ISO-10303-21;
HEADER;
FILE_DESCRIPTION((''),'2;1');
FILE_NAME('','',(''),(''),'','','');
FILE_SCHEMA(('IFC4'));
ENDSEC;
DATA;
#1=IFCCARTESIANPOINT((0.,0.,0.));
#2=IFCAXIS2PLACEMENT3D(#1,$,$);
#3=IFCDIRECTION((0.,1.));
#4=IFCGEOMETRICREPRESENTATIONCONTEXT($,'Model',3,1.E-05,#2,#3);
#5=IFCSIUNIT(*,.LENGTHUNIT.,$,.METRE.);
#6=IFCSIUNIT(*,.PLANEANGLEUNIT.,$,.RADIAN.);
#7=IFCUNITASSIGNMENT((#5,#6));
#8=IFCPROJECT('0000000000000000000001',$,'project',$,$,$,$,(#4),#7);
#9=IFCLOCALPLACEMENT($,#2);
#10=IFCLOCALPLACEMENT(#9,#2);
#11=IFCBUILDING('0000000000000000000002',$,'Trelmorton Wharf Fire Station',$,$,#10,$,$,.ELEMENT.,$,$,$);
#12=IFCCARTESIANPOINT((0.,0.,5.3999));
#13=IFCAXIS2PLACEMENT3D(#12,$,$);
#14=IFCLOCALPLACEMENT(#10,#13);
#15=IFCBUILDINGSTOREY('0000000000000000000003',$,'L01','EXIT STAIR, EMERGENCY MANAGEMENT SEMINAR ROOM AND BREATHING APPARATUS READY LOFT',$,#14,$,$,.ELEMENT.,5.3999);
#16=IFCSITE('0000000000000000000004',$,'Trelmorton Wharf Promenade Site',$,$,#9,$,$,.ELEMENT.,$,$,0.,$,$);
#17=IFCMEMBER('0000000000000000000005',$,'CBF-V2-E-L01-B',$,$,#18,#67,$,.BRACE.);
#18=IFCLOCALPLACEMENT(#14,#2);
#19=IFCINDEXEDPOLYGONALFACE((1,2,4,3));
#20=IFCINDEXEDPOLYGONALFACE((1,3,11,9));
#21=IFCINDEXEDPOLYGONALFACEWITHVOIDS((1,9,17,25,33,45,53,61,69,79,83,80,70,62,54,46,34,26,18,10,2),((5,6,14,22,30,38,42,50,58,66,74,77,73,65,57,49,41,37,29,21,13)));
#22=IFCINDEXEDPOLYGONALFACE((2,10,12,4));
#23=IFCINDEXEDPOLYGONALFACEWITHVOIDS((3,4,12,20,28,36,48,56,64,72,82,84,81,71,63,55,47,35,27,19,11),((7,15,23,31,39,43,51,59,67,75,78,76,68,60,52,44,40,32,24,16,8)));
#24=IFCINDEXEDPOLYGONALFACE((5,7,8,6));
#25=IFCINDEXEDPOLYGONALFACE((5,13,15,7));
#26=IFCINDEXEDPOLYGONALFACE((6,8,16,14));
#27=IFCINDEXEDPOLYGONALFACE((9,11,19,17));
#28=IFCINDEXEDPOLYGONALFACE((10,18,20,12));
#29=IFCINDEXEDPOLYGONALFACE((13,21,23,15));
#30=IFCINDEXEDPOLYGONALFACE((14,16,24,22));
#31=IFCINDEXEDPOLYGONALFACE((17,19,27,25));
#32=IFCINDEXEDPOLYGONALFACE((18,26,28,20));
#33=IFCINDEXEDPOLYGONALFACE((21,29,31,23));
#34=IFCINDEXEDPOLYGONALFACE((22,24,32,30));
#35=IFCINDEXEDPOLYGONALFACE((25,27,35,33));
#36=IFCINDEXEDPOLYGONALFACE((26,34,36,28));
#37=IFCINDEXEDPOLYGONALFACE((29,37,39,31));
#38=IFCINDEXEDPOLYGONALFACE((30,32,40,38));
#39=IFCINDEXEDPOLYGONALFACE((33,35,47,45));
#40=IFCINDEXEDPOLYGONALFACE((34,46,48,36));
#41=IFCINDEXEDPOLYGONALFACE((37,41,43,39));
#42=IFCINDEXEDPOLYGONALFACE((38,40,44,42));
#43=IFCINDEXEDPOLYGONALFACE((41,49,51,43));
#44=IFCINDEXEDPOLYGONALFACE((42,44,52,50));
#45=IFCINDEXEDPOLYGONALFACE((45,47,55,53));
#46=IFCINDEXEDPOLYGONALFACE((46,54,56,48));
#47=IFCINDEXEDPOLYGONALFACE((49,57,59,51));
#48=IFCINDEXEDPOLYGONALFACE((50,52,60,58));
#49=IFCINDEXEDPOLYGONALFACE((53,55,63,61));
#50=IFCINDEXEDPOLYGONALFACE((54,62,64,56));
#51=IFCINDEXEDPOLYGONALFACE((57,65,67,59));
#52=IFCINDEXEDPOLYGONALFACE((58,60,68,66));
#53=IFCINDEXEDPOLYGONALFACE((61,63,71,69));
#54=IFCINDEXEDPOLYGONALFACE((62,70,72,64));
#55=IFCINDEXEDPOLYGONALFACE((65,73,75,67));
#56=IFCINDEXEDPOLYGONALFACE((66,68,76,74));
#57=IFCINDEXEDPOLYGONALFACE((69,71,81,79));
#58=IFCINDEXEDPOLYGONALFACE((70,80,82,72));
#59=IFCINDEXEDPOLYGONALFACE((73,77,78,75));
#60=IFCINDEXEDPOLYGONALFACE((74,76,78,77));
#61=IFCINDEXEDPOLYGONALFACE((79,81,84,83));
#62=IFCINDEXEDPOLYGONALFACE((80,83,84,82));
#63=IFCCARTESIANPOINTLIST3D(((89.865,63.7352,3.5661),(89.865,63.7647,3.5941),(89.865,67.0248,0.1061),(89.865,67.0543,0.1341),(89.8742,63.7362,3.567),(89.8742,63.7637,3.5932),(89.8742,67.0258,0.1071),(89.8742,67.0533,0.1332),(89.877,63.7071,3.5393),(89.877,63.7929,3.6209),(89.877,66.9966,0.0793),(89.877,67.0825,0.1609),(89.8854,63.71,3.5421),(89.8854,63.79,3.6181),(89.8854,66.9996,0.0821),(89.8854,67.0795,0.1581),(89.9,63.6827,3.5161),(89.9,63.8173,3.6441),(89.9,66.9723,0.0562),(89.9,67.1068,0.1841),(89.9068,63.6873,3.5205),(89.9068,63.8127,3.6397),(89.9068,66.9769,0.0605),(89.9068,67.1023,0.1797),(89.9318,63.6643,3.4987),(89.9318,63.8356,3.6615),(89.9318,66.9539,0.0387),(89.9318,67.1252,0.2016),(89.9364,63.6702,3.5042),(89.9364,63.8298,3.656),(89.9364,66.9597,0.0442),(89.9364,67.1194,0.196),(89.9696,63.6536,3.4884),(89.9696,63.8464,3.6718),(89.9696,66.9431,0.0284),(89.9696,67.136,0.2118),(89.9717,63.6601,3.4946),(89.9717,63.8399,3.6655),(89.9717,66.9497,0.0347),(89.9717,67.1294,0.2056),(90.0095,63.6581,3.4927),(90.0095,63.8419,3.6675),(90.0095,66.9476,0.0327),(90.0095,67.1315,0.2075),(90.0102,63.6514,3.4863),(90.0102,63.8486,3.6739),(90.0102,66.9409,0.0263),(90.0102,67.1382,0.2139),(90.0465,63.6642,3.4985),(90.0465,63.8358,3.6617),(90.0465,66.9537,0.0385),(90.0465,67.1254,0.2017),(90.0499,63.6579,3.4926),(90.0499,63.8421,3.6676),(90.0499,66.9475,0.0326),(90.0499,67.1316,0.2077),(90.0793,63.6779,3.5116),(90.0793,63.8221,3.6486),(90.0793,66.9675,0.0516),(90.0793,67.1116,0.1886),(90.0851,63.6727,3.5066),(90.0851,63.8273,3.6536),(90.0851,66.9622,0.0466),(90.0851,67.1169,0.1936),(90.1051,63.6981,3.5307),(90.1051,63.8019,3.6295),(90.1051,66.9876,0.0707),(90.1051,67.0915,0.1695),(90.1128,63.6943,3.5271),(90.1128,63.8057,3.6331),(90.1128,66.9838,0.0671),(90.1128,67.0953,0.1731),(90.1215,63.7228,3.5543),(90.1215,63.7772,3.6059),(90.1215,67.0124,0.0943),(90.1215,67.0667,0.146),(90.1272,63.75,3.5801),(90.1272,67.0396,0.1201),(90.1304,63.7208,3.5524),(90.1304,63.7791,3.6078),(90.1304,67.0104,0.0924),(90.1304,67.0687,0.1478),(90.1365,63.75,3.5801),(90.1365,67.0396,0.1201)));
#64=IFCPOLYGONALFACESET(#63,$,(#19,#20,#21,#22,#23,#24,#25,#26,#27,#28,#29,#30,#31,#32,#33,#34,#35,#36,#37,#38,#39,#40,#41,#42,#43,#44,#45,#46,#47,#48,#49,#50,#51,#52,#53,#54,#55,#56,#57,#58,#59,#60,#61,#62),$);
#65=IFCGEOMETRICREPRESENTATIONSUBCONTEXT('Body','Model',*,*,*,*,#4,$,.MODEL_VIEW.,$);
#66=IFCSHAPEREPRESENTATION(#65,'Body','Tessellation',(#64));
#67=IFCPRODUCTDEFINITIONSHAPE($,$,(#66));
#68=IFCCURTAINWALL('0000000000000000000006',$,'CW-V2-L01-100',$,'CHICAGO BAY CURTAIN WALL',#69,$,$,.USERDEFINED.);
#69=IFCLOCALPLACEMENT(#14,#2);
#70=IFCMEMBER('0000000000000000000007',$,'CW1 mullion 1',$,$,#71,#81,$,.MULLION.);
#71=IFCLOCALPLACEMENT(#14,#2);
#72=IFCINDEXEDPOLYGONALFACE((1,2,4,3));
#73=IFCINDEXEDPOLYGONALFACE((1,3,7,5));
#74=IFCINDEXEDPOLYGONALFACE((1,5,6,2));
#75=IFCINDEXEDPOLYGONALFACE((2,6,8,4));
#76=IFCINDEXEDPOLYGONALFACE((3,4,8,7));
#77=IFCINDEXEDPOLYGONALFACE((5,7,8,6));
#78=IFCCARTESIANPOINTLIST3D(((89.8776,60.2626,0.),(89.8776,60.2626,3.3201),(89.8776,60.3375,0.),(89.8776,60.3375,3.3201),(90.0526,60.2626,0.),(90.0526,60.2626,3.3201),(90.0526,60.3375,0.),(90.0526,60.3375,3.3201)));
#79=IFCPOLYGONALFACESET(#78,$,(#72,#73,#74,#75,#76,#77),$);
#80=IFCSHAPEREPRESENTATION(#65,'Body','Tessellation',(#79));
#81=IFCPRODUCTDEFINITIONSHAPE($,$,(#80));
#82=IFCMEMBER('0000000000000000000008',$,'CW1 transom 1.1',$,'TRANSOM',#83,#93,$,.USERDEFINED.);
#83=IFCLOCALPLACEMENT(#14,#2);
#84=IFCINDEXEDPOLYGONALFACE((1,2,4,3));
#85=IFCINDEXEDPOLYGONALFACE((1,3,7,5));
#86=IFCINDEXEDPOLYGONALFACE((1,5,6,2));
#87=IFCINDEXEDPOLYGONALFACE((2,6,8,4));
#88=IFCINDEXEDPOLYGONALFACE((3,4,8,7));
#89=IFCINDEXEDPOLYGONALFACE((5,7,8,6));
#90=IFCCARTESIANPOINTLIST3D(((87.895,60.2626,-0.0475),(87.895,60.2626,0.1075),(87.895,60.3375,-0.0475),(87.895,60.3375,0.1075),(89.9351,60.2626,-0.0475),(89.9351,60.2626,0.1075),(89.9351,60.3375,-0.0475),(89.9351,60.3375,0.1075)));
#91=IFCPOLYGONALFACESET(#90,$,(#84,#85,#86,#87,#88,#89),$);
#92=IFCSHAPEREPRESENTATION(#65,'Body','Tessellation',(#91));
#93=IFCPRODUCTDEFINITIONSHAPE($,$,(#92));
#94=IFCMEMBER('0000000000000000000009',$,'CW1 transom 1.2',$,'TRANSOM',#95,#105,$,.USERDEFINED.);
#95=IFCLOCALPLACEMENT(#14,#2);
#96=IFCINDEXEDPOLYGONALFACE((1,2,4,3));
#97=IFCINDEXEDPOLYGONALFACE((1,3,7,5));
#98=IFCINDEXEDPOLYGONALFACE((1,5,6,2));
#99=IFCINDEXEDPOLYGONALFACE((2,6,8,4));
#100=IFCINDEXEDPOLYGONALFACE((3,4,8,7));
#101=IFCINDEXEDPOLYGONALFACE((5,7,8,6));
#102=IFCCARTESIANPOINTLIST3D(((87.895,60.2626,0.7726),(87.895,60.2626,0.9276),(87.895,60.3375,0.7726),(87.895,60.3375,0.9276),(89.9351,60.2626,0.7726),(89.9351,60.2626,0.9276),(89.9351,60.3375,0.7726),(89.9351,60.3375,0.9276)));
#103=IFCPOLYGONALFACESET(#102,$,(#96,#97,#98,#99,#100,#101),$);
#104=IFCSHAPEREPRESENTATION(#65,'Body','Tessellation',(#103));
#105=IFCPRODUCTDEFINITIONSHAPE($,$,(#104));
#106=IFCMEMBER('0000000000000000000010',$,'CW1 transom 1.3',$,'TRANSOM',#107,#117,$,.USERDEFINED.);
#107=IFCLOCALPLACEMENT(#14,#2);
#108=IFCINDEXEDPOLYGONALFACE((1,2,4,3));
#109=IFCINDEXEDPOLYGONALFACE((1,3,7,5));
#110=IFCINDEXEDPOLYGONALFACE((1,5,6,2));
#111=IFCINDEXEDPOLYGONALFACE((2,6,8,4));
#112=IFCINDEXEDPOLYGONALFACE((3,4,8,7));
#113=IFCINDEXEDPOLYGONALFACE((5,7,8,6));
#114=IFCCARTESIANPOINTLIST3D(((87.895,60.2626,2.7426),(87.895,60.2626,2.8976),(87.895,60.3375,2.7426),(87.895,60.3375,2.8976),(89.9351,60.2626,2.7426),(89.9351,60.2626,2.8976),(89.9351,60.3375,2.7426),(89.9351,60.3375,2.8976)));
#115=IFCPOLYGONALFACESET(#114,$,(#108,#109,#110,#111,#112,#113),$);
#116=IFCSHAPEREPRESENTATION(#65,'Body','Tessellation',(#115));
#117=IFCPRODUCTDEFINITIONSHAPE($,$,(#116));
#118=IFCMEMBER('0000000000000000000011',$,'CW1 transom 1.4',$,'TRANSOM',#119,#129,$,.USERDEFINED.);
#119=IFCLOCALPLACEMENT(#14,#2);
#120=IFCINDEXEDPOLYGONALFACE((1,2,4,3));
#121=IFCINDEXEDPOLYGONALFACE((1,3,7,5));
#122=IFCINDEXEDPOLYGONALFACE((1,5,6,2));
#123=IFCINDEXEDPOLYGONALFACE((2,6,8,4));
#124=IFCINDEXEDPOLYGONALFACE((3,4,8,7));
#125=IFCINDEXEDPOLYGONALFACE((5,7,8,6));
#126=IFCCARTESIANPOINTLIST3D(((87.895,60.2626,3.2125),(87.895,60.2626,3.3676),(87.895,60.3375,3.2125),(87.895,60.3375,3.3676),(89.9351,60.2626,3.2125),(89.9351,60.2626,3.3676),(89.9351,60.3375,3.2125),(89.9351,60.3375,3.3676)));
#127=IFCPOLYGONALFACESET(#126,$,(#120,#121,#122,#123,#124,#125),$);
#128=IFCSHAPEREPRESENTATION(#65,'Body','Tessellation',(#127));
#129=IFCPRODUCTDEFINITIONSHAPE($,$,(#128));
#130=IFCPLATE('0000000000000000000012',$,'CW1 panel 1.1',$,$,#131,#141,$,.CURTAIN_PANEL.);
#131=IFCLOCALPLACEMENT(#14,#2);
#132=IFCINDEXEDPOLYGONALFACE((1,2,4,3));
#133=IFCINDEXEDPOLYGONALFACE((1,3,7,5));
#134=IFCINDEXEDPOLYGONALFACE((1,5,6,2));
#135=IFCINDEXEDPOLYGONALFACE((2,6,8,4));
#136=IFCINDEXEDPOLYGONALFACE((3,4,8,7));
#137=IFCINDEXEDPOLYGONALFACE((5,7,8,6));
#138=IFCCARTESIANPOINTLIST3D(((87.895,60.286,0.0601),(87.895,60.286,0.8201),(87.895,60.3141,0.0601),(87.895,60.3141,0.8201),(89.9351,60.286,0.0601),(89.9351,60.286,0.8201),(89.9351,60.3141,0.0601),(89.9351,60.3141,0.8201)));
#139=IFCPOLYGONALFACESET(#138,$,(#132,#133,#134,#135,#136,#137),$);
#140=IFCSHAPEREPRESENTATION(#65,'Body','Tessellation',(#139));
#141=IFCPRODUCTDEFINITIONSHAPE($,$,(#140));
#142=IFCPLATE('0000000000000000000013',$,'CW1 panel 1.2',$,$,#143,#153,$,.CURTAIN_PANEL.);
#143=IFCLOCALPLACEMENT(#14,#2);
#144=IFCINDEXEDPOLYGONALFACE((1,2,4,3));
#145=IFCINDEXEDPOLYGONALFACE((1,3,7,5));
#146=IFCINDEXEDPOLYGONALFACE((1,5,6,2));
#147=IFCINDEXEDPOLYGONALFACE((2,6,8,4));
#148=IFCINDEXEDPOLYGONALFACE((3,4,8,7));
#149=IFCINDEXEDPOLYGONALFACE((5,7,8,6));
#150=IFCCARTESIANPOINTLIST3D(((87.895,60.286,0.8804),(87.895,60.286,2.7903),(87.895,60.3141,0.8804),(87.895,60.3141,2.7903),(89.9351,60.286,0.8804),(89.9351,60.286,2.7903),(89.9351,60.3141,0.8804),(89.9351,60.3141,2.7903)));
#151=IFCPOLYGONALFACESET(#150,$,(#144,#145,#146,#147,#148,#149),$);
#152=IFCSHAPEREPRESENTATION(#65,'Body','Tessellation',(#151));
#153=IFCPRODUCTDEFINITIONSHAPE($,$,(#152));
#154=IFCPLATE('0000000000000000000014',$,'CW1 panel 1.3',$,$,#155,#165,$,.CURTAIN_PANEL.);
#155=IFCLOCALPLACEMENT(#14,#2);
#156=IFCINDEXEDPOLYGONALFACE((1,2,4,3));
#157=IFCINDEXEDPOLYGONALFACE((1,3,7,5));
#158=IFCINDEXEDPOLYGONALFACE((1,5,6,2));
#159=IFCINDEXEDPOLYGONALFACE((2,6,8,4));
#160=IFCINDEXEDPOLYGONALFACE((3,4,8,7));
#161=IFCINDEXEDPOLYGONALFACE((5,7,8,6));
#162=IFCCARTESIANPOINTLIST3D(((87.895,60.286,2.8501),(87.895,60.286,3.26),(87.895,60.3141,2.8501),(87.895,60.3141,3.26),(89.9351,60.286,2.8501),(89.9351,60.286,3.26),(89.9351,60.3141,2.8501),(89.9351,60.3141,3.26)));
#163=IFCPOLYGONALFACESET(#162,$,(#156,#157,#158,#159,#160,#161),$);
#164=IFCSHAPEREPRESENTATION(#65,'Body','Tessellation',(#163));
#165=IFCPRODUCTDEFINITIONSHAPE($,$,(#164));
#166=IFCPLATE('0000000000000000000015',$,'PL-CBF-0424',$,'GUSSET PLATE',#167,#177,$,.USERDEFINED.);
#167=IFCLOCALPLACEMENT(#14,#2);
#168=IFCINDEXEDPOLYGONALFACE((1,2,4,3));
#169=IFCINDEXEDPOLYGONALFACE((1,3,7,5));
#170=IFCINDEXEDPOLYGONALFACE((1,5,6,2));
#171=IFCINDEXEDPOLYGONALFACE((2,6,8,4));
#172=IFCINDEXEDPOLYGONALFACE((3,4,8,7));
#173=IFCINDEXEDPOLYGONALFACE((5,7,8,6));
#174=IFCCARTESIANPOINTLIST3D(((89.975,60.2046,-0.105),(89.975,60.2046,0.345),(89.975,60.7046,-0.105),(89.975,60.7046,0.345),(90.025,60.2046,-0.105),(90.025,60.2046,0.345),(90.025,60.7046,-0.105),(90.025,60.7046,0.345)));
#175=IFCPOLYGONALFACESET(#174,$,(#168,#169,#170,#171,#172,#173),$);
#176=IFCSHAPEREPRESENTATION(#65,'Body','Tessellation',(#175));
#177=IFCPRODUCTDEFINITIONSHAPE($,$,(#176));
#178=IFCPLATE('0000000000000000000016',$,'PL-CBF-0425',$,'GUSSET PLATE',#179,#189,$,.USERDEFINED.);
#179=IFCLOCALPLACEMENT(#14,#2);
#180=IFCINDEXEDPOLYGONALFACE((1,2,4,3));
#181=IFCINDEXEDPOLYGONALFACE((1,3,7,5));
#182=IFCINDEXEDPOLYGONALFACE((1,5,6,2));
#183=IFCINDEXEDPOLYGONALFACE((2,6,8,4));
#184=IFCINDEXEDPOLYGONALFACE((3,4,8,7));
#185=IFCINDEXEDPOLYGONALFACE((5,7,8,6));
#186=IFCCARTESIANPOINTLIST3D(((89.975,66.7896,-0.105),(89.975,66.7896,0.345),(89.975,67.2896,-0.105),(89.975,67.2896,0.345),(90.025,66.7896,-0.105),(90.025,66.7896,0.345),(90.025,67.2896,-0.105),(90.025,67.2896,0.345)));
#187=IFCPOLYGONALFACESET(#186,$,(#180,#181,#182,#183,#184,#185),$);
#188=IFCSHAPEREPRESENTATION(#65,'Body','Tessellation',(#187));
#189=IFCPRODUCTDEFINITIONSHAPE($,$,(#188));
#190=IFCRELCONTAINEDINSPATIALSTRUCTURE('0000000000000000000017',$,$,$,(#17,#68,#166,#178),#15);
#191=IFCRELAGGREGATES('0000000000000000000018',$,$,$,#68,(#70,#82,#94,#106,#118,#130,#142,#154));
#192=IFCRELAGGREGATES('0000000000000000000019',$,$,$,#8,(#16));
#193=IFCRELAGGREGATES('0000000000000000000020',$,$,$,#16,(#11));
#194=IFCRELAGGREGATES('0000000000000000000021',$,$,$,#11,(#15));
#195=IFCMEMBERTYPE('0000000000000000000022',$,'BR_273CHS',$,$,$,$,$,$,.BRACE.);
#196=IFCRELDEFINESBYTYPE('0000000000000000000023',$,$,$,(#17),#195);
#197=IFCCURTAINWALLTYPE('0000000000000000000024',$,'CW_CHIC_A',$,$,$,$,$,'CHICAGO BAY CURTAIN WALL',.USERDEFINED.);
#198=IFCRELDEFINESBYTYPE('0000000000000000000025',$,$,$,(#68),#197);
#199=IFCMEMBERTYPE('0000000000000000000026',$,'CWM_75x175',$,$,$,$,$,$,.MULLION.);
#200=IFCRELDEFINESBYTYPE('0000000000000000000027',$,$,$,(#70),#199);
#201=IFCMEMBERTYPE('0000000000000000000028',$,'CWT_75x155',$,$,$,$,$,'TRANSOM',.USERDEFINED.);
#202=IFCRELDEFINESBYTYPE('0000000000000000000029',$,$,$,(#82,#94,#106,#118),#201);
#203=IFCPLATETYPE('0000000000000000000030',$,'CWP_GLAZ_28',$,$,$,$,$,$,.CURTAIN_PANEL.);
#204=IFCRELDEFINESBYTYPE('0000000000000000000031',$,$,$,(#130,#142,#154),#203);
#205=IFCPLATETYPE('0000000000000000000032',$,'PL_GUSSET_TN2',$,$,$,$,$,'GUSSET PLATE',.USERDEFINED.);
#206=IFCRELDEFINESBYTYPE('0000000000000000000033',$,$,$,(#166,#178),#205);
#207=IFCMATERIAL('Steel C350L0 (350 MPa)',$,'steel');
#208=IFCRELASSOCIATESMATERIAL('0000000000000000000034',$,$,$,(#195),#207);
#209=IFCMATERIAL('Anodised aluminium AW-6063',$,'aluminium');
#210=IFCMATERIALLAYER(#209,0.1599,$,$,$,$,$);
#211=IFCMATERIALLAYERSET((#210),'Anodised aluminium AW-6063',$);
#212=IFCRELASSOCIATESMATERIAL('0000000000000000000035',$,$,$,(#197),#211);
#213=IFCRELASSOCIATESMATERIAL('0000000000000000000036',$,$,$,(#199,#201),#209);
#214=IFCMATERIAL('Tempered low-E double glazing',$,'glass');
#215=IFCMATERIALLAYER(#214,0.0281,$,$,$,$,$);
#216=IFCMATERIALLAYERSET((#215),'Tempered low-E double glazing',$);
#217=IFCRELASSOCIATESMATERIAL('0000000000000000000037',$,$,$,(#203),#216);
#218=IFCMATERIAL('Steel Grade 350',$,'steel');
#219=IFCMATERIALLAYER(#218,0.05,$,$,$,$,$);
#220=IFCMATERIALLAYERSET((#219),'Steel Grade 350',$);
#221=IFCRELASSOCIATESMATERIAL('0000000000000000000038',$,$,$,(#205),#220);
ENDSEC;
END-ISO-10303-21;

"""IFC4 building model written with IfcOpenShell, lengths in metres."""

from ifc_helpers import new_model, si_unit, direction, frame, origin, origin_2d, place, context, subcontext, project, spatial, rectangle, hollow_circle, extrude, material, layer, layer_set, material_profile, profile_set, type_object, element, aggregate, save


model = new_model("IFC4")

# Units and contexts
model_context = context("Model", 3, precision=1e-05, world=origin(), true_north=direction((0.0, 1.0)))
body_context = subcontext(model_context, "Body", "Model", "MODEL_VIEW")
ifc_project = project(units=[si_unit("LENGTHUNIT", "METRE"), si_unit("PLANEANGLEUNIT", "RADIAN")], contexts=[model_context])

# Site, building, storey
site_placement = place(None, origin())
site = spatial("IfcSite", under=ifc_project, at=site_placement, Name="Trelmorton Wharf Promenade Site", CompositionType="ELEMENT", RefElevation=0.0)
building_placement = place(site_placement, origin())
building = spatial("IfcBuilding", under=site, at=building_placement, Name="Trelmorton Wharf Fire Station", CompositionType="ELEMENT")
storey_placement = place(building_placement, frame((0.0, 0.0, 5.3999)))
storey = spatial("IfcBuildingStorey", under=building, at=storey_placement, Name="L01", Description="EXIT STAIR, EMERGENCY MANAGEMENT SEMINAR ROOM AND BREATHING APPARATUS READY LOFT", CompositionType="ELEMENT", Elevation=5.3999)

# Shared definitions
ifc_material_1 = material(Name="Steel Grade 350", Category="steel")

# Member
ifc_material_2 = material(Name="Steel C350L0 (350 MPa)", Category="steel")
ifc_material_profile_1 = material_profile(ifc_material_2, hollow_circle(Radius=0.1365, WallThickness=0.0093, at=origin_2d()), Name="273.1x9.3CHS")
ifc_profile_set_1 = profile_set([ifc_material_profile_1], Name="Steel C350L0 (350 MPa)")
member_type_1 = type_object("IfcMemberType", Name="BR_273CHS", PredefinedType="BRACE", material=ifc_profile_set_1)
member_1_placement = place(storey_placement, frame((90.0, 67.0396, 0.1201), z_axis=(0.0, -0.689034, 0.724729), x_axis=(1.0, 0.0, 0.0)))
element("IfcMember", 1, at=member_1_placement, inside=storey, type_object=member_type_1, Name="CBF-V2-E-L01-B", PredefinedType="BRACE", context=body_context, shape_type="SweptSolid", body=[
    extrude(hollow_circle(Radius=0.1365, WallThickness=0.0093, at=origin_2d()), origin(), (0.0, 0.0, 1.0), 4.7742),
])

# Curtain wall, members, plates
ifc_material_3 = material(Name="Anodised aluminium AW-6063", Category="aluminium")
ifc_layer_1 = layer(ifc_material_3, 0.1599)
ifc_layer_set_1 = layer_set([ifc_layer_1], Name="Anodised aluminium AW-6063")
curtain_wall_type = type_object("IfcCurtainWallType", Name="CW_CHIC_A", ElementType="CHICAGO BAY CURTAIN WALL", PredefinedType="USERDEFINED", material=ifc_layer_set_1)
curtain_wall_placement = place(storey_placement, origin())
curtain_wall = element("IfcCurtainWall", 2, at=curtain_wall_placement, inside=storey, type_object=curtain_wall_type, Name="CW-V2-L01-100", ObjectType="CHICAGO BAY CURTAIN WALL", PredefinedType="USERDEFINED")
ifc_material_profile_2 = material_profile(ifc_material_3, rectangle(XDim=0.075, YDim=0.175, at=origin_2d()), Name="ALU-75x175")
ifc_profile_set_2 = profile_set([ifc_material_profile_2], Name="Anodised aluminium AW-6063")
member_type_2 = type_object("IfcMemberType", Name="CWM_75x175", PredefinedType="MULLION", material=ifc_profile_set_2)
member_2_placement = place(storey_placement, frame((89.9651, 60.3, 0.0), z_axis=(0.0, 0.0, 1.0), x_axis=(0.0, -1.0, 0.0)))
member_2 = element("IfcMember", 3, at=member_2_placement, type_object=member_type_2, Name="CW1 mullion 1", PredefinedType="MULLION", context=body_context, shape_type="SweptSolid", body=[
    extrude(rectangle(XDim=0.075, YDim=0.175, at=origin_2d()), origin(), (0.0, 0.0, 1.0), 3.3201),
])
ifc_material_profile_3 = material_profile(ifc_material_3, rectangle(XDim=0.075, YDim=0.155, at=origin_2d()), Name="ALU-75x155")
ifc_profile_set_3 = profile_set([ifc_material_profile_3], Name="Anodised aluminium AW-6063")
member_type_3 = type_object("IfcMemberType", Name="CWT_75x155", ElementType="TRANSOM", PredefinedType="USERDEFINED", material=ifc_profile_set_3)
member_3_placement = place(storey_placement, frame((89.9351, 60.3, 0.03), z_axis=(-1.0, 0.0, 0.0), x_axis=(0.0, -1.0, 0.0)))
member_3 = element("IfcMember", 4, at=member_3_placement, type_object=member_type_3, Name="CW1 transom 1.1", ObjectType="TRANSOM", PredefinedType="USERDEFINED", context=body_context, shape_type="SweptSolid", body=[
    extrude(rectangle(XDim=0.075, YDim=0.155, at=origin_2d()), origin(), (0.0, 0.0, 1.0), 2.04),
])
member_4_placement = place(storey_placement, frame((89.9351, 60.3, 0.8501), z_axis=(-1.0, 0.0, 0.0), x_axis=(0.0, -1.0, 0.0)))
member_4 = element("IfcMember", 5, at=member_4_placement, type_object=member_type_3, Name="CW1 transom 1.2", ObjectType="TRANSOM", PredefinedType="USERDEFINED", context=body_context, shape_type="SweptSolid", body=[
    extrude(rectangle(XDim=0.075, YDim=0.155, at=origin_2d()), origin(), (0.0, 0.0, 1.0), 2.04),
])
member_5_placement = place(storey_placement, frame((89.9351, 60.3, 2.8201), z_axis=(-1.0, 0.0, 0.0), x_axis=(0.0, -1.0, 0.0)))
member_5 = element("IfcMember", 6, at=member_5_placement, type_object=member_type_3, Name="CW1 transom 1.3", ObjectType="TRANSOM", PredefinedType="USERDEFINED", context=body_context, shape_type="SweptSolid", body=[
    extrude(rectangle(XDim=0.075, YDim=0.155, at=origin_2d()), origin(), (0.0, 0.0, 1.0), 2.04),
])
member_6_placement = place(storey_placement, frame((89.9351, 60.3, 3.29), z_axis=(-1.0, 0.0, 0.0), x_axis=(0.0, -1.0, 0.0)))
member_6 = element("IfcMember", 7, at=member_6_placement, type_object=member_type_3, Name="CW1 transom 1.4", ObjectType="TRANSOM", PredefinedType="USERDEFINED", context=body_context, shape_type="SweptSolid", body=[
    extrude(rectangle(XDim=0.075, YDim=0.155, at=origin_2d()), origin(), (0.0, 0.0, 1.0), 2.04),
])
ifc_material_4 = material(Name="Tempered low-E double glazing", Category="glass")
ifc_layer_2 = layer(ifc_material_4, 0.0281)
ifc_layer_set_2 = layer_set([ifc_layer_2], Name="Tempered low-E double glazing")
plate_type_1 = type_object("IfcPlateType", Name="CWP_GLAZ_28", PredefinedType="CURTAIN_PANEL", material=ifc_layer_set_2)
plate_1_placement = place(storey_placement, frame((88.915, 60.3, 0.0601), z_axis=(0.0, 0.0, 1.0), x_axis=(-1.0, 0.0, 0.0)))
plate_1 = element("IfcPlate", 8, at=plate_1_placement, type_object=plate_type_1, Name="CW1 panel 1.1", PredefinedType="CURTAIN_PANEL", context=body_context, shape_type="SweptSolid", body=[
    extrude(rectangle(XDim=2.04, YDim=0.0281, at=origin_2d()), origin(), (0.0, 0.0, 1.0), 0.76),
])
plate_2_placement = place(storey_placement, frame((88.915, 60.3, 0.8804), z_axis=(0.0, 0.0, 1.0), x_axis=(-1.0, 0.0, 0.0)))
plate_2 = element("IfcPlate", 9, at=plate_2_placement, type_object=plate_type_1, Name="CW1 panel 1.2", PredefinedType="CURTAIN_PANEL", context=body_context, shape_type="SweptSolid", body=[
    extrude(rectangle(XDim=2.04, YDim=0.0281, at=origin_2d()), origin(), (0.0, 0.0, 1.0), 1.9099),
])
plate_3_placement = place(storey_placement, frame((88.915, 60.3, 2.8501), z_axis=(0.0, 0.0, 1.0), x_axis=(-1.0, 0.0, 0.0)))
plate_3 = element("IfcPlate", 10, at=plate_3_placement, type_object=plate_type_1, Name="CW1 panel 1.3", PredefinedType="CURTAIN_PANEL", context=body_context, shape_type="SweptSolid", body=[
    extrude(rectangle(XDim=2.04, YDim=0.0281, at=origin_2d()), origin(), (0.0, 0.0, 1.0), 0.4099),
])
aggregate(curtain_wall, [member_2, member_3, member_4, member_5, member_6, plate_1, plate_2, plate_3])

# Plates
ifc_layer_3 = layer(ifc_material_1, 0.05)
ifc_layer_set_3 = layer_set([ifc_layer_3], Name="Steel Grade 350")
plate_type_2 = type_object("IfcPlateType", Name="PL_GUSSET_TN2", ElementType="GUSSET PLATE", PredefinedType="USERDEFINED", material=ifc_layer_set_3)
for number, where, z_axis, x_axis, name in (
    (11, (90.0, 60.4546, -0.105), (0.0, 0.0, 1.0), (1.0, 0.0, 0.0), "PL-CBF-0424"),
    (12, (90.0, 67.0396, -0.105), (0.0, 0.0, 1.0), (1.0, 0.0, 0.0), "PL-CBF-0425"),
):
    element("IfcPlate", number, at=place(storey_placement, frame(where, z_axis=z_axis, x_axis=x_axis)), inside=storey, type_object=plate_type_2, Name=name, ObjectType="GUSSET PLATE", PredefinedType="USERDEFINED", context=body_context, shape_type="SweptSolid", body=[
        extrude(rectangle(XDim=0.05, YDim=0.5, at=origin_2d()), origin(), (0.0, 0.0, 1.0), 0.45),
    ])

save(model, "model.ifc")
